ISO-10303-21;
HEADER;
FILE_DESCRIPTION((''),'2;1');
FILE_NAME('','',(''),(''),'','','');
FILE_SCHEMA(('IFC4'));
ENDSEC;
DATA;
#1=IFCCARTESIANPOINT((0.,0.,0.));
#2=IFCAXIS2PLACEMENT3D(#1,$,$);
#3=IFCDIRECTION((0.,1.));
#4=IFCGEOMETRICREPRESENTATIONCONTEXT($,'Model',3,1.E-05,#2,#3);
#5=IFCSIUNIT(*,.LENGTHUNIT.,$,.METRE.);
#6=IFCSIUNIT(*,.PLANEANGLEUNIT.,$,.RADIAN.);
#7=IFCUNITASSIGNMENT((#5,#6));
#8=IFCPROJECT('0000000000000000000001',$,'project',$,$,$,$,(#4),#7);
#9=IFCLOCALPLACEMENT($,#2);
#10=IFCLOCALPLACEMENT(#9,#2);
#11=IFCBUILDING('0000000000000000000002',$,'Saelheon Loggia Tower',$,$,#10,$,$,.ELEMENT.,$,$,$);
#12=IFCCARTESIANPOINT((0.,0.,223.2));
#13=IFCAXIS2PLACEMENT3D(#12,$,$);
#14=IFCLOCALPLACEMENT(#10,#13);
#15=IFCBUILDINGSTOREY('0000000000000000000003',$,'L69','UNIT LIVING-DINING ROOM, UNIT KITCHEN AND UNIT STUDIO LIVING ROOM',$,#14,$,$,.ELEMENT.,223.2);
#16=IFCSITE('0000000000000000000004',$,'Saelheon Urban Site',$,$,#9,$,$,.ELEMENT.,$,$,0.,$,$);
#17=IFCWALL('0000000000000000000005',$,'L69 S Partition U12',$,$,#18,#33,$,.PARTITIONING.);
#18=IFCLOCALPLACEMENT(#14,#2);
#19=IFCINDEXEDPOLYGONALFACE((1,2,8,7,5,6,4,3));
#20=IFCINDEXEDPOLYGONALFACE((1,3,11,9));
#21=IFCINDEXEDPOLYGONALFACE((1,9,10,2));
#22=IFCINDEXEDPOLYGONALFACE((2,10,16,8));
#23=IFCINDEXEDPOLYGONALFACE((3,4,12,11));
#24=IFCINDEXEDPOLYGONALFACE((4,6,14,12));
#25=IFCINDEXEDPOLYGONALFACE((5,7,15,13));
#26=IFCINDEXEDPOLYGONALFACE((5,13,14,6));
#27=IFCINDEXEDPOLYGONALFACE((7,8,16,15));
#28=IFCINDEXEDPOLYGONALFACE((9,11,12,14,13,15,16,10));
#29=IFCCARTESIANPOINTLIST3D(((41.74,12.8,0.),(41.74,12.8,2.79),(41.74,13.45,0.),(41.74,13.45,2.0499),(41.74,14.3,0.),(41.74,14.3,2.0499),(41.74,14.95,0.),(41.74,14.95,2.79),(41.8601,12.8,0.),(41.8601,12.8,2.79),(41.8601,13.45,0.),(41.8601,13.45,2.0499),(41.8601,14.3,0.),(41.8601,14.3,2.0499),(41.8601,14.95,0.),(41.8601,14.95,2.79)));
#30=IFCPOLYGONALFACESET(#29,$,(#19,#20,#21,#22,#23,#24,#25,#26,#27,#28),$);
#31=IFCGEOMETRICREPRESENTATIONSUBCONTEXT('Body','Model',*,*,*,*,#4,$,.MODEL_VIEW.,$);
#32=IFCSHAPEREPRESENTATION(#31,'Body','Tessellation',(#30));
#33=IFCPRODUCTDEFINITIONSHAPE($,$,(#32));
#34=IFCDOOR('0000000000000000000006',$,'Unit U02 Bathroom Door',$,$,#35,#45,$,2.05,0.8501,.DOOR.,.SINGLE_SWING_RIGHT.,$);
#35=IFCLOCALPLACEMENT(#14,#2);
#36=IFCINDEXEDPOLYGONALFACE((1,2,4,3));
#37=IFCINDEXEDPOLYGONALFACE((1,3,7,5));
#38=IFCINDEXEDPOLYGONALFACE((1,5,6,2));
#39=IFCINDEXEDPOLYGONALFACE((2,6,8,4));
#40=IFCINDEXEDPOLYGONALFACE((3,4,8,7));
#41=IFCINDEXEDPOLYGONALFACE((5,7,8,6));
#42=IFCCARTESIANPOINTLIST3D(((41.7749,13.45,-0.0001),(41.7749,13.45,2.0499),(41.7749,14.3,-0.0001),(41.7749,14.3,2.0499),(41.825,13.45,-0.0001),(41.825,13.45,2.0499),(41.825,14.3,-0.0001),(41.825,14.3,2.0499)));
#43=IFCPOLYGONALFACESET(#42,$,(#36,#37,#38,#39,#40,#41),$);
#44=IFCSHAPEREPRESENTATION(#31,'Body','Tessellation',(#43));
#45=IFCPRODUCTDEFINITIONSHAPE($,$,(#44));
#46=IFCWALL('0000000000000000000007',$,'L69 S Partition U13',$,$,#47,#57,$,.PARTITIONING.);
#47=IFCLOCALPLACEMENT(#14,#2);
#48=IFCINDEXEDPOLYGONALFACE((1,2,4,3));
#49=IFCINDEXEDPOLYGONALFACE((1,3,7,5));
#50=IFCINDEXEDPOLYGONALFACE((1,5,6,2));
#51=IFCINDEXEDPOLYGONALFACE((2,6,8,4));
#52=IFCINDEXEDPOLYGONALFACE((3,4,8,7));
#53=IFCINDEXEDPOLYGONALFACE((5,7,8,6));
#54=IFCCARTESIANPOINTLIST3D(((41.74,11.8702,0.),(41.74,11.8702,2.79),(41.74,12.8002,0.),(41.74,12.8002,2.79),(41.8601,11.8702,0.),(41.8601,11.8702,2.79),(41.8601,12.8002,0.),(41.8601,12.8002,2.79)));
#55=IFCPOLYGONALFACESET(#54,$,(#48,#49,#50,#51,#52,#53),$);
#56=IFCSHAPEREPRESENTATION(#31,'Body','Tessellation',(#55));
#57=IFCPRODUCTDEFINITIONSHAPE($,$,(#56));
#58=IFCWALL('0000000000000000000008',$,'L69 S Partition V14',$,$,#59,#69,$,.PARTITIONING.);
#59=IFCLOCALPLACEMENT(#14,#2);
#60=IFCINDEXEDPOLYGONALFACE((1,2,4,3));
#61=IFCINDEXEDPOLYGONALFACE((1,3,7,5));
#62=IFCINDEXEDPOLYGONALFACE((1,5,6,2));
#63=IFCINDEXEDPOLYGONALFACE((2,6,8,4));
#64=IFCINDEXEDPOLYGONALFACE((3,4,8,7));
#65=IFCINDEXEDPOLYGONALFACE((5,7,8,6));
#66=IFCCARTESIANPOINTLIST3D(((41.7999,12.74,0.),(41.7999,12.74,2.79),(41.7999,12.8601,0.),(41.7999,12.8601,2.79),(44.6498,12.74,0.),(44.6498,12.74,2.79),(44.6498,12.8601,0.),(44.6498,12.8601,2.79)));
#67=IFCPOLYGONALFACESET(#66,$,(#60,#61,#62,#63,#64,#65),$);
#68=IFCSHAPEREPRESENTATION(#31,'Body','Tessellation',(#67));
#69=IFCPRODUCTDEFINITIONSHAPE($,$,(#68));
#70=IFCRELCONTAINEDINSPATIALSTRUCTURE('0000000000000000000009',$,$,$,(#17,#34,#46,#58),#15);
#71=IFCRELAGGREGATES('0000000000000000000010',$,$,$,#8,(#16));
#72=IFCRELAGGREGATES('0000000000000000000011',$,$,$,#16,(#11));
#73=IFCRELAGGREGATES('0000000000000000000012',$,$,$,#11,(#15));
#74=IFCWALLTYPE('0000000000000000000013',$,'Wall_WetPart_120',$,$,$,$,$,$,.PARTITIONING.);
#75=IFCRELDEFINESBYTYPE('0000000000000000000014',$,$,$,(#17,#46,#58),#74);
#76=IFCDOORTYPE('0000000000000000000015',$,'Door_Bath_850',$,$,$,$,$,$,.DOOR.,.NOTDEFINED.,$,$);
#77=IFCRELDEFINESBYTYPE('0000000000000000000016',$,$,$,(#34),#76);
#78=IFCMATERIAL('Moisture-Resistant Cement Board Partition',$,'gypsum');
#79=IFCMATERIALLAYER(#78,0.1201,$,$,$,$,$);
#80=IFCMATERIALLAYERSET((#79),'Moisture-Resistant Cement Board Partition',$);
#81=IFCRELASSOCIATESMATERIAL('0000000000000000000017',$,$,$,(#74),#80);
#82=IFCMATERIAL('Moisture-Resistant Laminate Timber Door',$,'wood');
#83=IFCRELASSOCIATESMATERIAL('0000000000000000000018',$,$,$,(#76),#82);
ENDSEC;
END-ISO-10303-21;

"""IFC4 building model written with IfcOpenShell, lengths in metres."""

from ifc_helpers import new_model, si_unit, direction, frame, frame_2d, origin, place, context, subcontext, project, spatial, rectangle, extrude, source, transform, mapped, material, layer, layer_set, type_object, element, fill, save


model = new_model("IFC4")

# Units and contexts
model_context = context("Model", 3, precision=1e-05, world=origin(), true_north=direction((0.0, 1.0)))
body_context = subcontext(model_context, "Body", "Model", "MODEL_VIEW")
ifc_project = project(units=[si_unit("LENGTHUNIT", "METRE"), si_unit("PLANEANGLEUNIT", "RADIAN")], contexts=[model_context])

# Site, building, storey
site_placement = place(None, origin())
site = spatial("IfcSite", under=ifc_project, at=site_placement, Name="Saelheon Urban Site", CompositionType="ELEMENT", RefElevation=0.0)
building_placement = place(site_placement, origin())
building = spatial("IfcBuilding", under=site, at=building_placement, Name="Saelheon Loggia Tower", CompositionType="ELEMENT")
storey_placement = place(building_placement, frame((0.0, 0.0, 223.2)))
storey = spatial("IfcBuildingStorey", under=building, at=storey_placement, Name="L69", Description="UNIT LIVING-DINING ROOM, UNIT KITCHEN AND UNIT STUDIO LIVING ROOM", CompositionType="ELEMENT", Elevation=223.2)

# Wall, opening, door
ifc_material_1 = material(Name="Moisture-Resistant Cement Board Partition", Category="gypsum")
ifc_layer_1 = layer(ifc_material_1, 0.1201)
ifc_layer_set_1 = layer_set([ifc_layer_1], Name="Moisture-Resistant Cement Board Partition")
wall_type_1 = type_object("IfcWallType", Name="Wall_WetPart_120", PredefinedType="PARTITIONING", material=ifc_layer_set_1)
wall_1_placement = place(storey_placement, frame((41.8, 14.95, 0.0), z_axis=(0.0, 0.0, 1.0), x_axis=(0.0, -1.0, 0.0)))
wall_1 = element("IfcWall", 1, at=wall_1_placement, inside=storey, type_object=wall_type_1, Name="L69 S Partition U12", PredefinedType="PARTITIONING", context=body_context, shape_type="SweptSolid", body=[
    extrude(rectangle(XDim=2.1499, YDim=0.1201, at=frame_2d((1.075, 0.0))), origin(), (0.0, 0.0, 1.0), 2.79),
])
opening_1_placement = place(wall_1_placement, frame((0.6499, 0.0, 0.0)))
opening_1 = element("IfcOpeningElement", 2, at=opening_1_placement, cuts=wall_1, PredefinedType="OPENING", context=body_context, shape_type="SweptSolid", body=[
    extrude(rectangle(XDim=0.8501, YDim=2.05, at=frame_2d((0.425, 1.0249))), frame((0.0, 0.072, 0.0), z_axis=(0.0, -1.0, 0.0), x_axis=(1.0, 0.0, 0.0)), (0.0, 0.0, 1.0), 0.144),
])
ifc_material_2 = material(Name="Moisture-Resistant Laminate Timber Door", Category="wood")
door_type_1 = type_object("IfcDoorType", Name="Door_Bath_850", OperationType="NOTDEFINED", PredefinedType="DOOR", material=ifc_material_2)
shared_shape_1 = source(origin(), body_context, "Body", "SweptSolid", [
    extrude(rectangle(XDim=0.8501, YDim=2.05, at=frame_2d((0.425, 1.0249))), frame((0.0, 0.0249, 0.0), z_axis=(0.0, -1.0, 0.0), x_axis=(1.0, 0.0, 0.0)), (0.0, 0.0, 1.0), 0.05),
])
door_1_placement = place(opening_1_placement, origin())
door_1 = element("IfcDoor", 3, at=door_1_placement, inside=storey, type_object=door_type_1, Name="Unit U02 Bathroom Door", OperationType="SINGLE_SWING_RIGHT", OverallHeight=2.05, OverallWidth=0.8501, PredefinedType="DOOR", context=body_context, shape_type="MappedRepresentation", body=[
    mapped(shared_shape_1, transform((0.0, 0.0, 0.0), scale=1.0)),
])
fill(opening_1, door_1)

# Walls
wall_2_placement = place(storey_placement, frame((41.8, 12.8, 0.0), z_axis=(0.0, 0.0, 1.0), x_axis=(0.0, -1.0, 0.0)))
element("IfcWall", 4, at=wall_2_placement, inside=storey, type_object=wall_type_1, Name="L69 S Partition U13", PredefinedType="PARTITIONING", context=body_context, shape_type="SweptSolid", body=[
    extrude(rectangle(XDim=0.9299, YDim=0.1201, at=frame_2d((0.4648, 0.0))), origin(), (0.0, 0.0, 1.0), 2.79),
])
wall_3_placement = place(storey_placement, frame((41.8, 12.8, 0.0), z_axis=(0.0, 0.0, 1.0), x_axis=(1.0, 0.0, 0.0)))
element("IfcWall", 5, at=wall_3_placement, inside=storey, type_object=wall_type_1, Name="L69 S Partition V14", PredefinedType="PARTITIONING", context=body_context, shape_type="SweptSolid", body=[
    extrude(rectangle(XDim=2.8499, YDim=0.1201, at=frame_2d((1.4248, 0.0))), origin(), (0.0, 0.0, 1.0), 2.79),
])

save(model, "model.ifc")
